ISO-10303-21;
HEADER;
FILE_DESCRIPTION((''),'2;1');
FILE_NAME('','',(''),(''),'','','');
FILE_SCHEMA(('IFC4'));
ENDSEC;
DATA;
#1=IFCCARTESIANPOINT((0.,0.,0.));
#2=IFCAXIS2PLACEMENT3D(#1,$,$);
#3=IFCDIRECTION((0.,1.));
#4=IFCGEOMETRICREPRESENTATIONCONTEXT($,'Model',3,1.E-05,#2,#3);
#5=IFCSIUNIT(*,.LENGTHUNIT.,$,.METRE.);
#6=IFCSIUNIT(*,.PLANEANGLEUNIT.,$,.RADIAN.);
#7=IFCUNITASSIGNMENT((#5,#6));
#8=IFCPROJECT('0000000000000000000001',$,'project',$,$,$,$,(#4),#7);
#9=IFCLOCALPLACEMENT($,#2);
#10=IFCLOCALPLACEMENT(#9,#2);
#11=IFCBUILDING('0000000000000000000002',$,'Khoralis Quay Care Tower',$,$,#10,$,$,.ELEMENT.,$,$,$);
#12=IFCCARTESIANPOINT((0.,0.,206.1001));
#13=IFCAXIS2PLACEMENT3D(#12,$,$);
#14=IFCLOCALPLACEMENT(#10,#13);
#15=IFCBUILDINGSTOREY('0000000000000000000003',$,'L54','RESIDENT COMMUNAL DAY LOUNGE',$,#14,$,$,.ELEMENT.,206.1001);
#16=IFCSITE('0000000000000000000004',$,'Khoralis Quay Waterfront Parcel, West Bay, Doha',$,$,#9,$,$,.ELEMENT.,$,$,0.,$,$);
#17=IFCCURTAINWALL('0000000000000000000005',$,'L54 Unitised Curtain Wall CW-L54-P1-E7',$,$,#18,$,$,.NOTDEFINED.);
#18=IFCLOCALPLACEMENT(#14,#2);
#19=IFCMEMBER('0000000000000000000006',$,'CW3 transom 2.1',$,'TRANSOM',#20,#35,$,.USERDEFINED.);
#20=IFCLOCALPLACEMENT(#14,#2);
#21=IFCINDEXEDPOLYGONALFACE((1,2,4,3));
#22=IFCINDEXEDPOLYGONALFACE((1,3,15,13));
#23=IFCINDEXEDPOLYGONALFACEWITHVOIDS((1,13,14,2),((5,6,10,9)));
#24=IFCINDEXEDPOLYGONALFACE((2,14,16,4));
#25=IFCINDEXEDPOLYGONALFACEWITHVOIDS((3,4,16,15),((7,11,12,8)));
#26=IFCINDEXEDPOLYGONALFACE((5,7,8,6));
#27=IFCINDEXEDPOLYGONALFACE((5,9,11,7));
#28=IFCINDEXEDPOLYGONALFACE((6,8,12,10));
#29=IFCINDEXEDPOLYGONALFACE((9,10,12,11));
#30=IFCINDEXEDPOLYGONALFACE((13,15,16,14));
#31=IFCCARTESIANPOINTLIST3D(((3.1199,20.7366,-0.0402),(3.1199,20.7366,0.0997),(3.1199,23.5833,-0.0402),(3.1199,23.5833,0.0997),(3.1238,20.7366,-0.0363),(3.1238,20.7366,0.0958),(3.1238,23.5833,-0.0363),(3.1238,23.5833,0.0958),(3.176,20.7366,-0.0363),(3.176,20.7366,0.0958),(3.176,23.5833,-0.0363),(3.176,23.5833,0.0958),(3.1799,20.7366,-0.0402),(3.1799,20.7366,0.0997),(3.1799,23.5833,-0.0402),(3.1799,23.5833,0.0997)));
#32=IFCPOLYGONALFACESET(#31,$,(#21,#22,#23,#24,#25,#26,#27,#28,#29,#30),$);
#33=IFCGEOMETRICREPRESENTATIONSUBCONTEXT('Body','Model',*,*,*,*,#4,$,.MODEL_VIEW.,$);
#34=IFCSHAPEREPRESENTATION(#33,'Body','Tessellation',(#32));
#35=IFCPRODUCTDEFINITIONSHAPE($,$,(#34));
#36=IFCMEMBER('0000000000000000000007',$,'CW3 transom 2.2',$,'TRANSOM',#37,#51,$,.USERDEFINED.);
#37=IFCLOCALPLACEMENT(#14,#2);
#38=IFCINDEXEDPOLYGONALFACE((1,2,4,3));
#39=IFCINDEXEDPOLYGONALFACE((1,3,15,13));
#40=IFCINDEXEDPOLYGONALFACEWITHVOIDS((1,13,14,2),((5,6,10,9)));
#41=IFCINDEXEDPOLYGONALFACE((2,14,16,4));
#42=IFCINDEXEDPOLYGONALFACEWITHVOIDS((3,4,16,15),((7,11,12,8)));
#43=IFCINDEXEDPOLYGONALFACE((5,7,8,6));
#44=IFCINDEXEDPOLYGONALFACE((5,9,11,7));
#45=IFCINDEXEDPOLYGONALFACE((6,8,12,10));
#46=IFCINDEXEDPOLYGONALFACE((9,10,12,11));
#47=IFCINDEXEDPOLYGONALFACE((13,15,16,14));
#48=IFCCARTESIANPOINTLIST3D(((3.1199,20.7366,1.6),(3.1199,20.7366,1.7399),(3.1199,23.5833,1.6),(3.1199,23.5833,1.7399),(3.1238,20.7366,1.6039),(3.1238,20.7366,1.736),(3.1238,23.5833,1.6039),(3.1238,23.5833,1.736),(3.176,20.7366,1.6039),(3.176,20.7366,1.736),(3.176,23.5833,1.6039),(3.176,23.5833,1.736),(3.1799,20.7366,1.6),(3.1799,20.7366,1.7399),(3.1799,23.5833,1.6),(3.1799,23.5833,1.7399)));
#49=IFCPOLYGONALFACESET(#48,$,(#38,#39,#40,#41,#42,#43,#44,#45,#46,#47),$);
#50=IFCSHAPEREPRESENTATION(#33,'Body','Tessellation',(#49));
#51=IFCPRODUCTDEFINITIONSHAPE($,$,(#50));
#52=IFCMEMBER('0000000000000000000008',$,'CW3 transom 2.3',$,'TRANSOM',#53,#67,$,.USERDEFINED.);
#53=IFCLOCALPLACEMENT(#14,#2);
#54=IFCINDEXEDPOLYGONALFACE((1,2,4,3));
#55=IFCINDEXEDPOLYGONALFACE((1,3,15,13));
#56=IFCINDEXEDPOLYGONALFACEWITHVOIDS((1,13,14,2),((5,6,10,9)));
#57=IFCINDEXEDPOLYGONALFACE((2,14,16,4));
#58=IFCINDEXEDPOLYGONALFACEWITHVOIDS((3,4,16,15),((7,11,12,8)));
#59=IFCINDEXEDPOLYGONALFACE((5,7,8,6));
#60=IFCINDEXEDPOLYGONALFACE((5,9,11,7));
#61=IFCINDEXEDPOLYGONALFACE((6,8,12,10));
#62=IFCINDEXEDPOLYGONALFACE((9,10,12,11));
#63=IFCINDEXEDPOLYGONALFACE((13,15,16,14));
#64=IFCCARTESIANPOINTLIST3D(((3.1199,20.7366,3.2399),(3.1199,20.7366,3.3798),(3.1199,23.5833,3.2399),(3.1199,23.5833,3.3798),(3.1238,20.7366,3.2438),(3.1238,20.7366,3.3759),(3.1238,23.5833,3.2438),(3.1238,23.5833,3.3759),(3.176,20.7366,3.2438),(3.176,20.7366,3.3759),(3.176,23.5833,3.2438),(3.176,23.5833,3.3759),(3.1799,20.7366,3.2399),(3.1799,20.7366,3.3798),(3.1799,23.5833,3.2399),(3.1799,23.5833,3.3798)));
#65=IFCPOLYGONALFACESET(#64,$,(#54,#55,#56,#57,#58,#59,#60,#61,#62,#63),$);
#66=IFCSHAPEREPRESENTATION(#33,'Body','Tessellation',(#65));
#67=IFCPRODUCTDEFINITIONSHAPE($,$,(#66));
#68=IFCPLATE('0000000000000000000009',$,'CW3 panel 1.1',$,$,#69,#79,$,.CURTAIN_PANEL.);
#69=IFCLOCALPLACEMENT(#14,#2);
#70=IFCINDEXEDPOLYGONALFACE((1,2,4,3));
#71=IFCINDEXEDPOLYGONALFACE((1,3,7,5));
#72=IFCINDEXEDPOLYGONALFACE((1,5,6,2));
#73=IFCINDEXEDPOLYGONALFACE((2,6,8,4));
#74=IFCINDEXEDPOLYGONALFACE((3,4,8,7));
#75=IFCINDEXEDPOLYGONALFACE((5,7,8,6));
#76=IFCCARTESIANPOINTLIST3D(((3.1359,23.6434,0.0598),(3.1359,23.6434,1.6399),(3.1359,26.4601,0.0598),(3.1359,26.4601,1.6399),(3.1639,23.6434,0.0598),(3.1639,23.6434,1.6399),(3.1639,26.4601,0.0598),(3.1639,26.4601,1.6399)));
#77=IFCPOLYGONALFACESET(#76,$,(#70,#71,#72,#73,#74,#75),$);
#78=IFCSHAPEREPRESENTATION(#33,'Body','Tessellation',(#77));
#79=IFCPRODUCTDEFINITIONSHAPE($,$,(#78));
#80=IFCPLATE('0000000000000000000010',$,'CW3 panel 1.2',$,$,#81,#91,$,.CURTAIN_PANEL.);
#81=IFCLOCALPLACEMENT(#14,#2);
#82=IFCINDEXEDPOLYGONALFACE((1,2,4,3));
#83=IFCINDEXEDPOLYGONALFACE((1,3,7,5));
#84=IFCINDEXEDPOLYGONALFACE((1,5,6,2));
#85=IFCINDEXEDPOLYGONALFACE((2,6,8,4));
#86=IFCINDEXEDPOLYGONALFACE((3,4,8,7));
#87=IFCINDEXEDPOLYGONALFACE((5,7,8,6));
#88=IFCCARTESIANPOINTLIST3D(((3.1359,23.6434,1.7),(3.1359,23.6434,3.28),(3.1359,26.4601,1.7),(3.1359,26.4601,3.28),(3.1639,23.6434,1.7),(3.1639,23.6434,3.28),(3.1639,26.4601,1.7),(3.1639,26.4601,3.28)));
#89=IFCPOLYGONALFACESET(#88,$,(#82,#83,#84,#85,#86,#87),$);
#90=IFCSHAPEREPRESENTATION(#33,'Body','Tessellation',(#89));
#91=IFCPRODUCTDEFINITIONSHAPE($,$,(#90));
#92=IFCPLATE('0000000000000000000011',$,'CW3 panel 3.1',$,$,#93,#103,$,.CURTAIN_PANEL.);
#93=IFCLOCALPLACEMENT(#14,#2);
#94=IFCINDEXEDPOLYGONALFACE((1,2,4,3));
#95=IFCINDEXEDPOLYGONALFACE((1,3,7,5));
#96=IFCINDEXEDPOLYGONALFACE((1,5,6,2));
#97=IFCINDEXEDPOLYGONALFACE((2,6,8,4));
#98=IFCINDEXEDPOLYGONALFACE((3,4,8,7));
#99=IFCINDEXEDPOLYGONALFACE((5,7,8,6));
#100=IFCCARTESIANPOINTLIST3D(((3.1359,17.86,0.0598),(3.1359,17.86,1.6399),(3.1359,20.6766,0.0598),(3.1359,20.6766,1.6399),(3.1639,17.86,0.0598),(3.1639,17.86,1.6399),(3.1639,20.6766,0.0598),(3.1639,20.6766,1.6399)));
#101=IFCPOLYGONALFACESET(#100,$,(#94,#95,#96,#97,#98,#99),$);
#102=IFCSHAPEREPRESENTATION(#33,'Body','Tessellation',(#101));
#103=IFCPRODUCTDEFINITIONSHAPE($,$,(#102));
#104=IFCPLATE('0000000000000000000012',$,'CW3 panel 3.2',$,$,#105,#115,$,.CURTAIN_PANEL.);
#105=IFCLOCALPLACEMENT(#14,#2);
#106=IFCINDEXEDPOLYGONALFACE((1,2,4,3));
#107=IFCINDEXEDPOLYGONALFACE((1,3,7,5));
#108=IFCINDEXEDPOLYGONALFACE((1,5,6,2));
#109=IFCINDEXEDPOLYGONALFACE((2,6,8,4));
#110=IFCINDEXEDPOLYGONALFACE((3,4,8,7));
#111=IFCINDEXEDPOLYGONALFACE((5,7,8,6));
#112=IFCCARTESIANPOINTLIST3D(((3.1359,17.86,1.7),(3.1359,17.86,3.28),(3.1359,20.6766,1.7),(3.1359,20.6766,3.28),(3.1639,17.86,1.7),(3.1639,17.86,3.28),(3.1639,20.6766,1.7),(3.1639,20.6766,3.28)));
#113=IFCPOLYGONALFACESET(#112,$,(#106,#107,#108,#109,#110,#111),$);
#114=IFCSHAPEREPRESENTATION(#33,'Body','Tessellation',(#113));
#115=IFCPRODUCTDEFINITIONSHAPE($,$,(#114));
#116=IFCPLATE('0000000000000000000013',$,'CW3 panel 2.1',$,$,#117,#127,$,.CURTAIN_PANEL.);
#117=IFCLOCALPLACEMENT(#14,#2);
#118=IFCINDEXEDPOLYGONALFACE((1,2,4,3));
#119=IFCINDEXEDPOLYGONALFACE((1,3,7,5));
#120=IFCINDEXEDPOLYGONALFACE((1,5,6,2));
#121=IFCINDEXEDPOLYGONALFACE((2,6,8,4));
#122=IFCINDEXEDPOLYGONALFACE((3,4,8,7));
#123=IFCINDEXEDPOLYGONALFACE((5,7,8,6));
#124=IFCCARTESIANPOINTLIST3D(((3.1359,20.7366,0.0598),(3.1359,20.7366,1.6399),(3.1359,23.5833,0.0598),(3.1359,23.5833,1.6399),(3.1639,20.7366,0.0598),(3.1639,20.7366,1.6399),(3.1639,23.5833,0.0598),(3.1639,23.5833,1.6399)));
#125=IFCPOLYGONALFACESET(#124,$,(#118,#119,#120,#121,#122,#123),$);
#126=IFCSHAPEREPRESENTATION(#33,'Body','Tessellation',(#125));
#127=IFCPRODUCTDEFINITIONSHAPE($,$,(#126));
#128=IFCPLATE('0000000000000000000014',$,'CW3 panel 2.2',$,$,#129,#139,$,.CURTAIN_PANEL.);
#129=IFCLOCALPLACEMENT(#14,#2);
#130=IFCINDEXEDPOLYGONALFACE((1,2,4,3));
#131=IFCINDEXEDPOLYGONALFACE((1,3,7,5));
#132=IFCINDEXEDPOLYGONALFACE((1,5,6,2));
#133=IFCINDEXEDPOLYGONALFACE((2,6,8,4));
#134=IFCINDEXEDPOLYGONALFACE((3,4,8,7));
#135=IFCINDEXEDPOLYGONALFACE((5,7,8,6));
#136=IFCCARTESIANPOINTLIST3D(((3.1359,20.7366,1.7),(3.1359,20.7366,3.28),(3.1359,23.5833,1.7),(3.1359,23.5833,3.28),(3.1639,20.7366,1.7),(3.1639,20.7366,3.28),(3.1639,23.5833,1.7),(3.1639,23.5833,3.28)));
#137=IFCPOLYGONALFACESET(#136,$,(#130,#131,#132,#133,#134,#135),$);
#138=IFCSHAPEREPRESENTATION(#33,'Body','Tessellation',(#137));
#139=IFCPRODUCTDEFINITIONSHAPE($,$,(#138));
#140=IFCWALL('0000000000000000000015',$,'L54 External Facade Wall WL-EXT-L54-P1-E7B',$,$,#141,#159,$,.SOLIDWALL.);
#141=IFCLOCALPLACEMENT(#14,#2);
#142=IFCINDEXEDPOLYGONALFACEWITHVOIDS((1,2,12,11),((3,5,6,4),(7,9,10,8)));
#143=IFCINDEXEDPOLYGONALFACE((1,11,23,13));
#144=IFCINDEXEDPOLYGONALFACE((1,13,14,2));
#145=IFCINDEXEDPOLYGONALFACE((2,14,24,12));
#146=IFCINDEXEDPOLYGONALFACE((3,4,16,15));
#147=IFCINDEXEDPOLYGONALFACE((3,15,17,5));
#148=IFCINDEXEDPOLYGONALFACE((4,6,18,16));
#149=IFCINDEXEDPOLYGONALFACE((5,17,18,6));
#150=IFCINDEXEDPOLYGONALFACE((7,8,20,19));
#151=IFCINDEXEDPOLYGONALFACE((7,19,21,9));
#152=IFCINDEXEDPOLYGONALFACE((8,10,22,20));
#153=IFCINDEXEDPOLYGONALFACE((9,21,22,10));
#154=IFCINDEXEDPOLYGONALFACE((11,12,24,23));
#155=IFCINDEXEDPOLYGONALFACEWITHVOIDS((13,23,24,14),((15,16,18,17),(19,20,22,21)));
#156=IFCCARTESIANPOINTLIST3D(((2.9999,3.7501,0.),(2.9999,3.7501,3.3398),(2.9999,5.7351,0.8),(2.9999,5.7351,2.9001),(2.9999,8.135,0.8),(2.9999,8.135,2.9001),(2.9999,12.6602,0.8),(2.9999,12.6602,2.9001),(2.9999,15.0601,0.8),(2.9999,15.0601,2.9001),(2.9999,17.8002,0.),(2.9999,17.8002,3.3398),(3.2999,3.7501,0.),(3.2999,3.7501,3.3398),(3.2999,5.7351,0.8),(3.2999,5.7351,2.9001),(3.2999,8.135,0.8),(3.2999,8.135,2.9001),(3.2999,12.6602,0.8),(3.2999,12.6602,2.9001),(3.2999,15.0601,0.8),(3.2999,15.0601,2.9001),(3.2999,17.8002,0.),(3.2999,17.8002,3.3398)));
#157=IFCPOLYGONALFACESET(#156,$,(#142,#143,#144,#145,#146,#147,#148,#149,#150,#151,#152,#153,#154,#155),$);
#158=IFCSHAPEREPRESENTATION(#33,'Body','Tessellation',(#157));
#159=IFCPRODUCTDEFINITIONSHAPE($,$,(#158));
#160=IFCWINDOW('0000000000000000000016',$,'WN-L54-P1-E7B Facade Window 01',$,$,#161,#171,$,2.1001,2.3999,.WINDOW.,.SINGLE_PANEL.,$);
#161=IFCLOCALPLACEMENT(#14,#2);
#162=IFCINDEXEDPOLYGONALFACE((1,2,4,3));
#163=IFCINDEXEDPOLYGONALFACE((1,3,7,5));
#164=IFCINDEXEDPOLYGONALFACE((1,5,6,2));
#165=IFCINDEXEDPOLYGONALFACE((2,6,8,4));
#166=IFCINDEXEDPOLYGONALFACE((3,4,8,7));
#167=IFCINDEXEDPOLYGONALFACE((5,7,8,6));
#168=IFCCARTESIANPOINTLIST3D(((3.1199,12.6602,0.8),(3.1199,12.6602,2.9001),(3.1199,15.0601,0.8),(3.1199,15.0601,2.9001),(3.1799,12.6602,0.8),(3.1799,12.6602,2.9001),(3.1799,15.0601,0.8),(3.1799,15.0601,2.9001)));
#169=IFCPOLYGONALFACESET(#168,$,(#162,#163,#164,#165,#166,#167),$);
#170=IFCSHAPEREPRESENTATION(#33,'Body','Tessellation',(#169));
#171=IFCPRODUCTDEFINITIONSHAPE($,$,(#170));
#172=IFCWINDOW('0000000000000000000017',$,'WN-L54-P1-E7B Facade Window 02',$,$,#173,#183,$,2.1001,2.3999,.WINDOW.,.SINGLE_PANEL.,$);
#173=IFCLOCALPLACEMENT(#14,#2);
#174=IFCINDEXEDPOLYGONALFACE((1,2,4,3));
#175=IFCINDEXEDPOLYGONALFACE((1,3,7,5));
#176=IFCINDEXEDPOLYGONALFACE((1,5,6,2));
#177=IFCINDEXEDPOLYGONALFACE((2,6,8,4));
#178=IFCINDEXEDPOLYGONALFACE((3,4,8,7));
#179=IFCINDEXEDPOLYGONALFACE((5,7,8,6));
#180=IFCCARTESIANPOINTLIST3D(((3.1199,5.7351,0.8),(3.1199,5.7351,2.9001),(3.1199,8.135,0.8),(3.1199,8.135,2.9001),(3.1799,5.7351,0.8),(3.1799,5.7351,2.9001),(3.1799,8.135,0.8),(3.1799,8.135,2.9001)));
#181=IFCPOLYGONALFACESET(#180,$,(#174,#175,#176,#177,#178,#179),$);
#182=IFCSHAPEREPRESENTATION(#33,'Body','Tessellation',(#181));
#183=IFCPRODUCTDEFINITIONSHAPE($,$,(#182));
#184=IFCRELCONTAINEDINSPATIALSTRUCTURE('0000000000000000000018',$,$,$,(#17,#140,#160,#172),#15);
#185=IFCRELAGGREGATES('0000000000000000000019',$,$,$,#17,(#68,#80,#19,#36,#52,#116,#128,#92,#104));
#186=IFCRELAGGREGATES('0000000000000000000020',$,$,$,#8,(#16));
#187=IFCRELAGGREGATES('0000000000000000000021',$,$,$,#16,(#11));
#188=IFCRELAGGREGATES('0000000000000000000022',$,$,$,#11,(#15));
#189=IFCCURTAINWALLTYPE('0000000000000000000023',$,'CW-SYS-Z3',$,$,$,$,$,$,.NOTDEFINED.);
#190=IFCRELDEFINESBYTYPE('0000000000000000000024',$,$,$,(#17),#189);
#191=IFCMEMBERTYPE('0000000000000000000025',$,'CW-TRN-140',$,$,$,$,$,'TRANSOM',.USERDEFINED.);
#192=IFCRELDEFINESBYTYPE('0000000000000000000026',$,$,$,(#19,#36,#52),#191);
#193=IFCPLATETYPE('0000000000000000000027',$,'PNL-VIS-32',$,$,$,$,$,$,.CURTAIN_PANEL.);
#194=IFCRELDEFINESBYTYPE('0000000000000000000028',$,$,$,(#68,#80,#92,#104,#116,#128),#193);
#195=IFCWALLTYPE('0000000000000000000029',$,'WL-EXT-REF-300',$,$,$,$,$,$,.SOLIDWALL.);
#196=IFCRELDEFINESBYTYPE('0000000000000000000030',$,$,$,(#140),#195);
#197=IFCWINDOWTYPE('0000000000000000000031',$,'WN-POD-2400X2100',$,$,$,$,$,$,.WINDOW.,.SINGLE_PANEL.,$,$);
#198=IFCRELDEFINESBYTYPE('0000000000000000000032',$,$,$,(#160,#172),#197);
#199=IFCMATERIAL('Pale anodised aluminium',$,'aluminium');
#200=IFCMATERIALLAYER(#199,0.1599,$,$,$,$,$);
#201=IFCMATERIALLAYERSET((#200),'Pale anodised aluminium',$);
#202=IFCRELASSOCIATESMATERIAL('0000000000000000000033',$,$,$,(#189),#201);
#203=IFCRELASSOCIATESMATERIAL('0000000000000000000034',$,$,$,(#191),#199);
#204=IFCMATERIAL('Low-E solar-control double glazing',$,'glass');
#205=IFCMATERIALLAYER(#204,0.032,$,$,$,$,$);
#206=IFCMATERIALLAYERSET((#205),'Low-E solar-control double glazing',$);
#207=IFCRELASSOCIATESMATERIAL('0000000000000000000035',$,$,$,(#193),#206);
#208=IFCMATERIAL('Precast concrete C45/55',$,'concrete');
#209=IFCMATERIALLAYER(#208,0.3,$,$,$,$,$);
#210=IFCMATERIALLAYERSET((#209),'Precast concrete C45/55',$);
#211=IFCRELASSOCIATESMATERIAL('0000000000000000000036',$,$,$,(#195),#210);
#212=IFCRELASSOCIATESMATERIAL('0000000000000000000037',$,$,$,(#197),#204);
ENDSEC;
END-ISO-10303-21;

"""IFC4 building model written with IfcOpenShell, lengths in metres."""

from ifc_helpers import new_model, si_unit, direction, frame, frame_2d, origin, origin_2d, place, context, subcontext, project, spatial, rectangle, hollow_rectangle, extrude, source, transform, mapped, material, layer, layer_set, material_profile, profile_set, type_object, element, fill, aggregate, save


model = new_model("IFC4")

# Units and contexts
model_context = context("Model", 3, precision=1e-05, world=origin(), true_north=direction((0.0, 1.0)))
body_context = subcontext(model_context, "Body", "Model", "MODEL_VIEW")
ifc_project = project(units=[si_unit("LENGTHUNIT", "METRE"), si_unit("PLANEANGLEUNIT", "RADIAN")], contexts=[model_context])

# Site, building, storey
site_placement = place(None, origin())
site = spatial("IfcSite", under=ifc_project, at=site_placement, Name="Khoralis Quay Waterfront Parcel, West Bay, Doha", CompositionType="ELEMENT", RefElevation=0.0)
building_placement = place(site_placement, origin())
building = spatial("IfcBuilding", under=site, at=building_placement, Name="Khoralis Quay Care Tower", CompositionType="ELEMENT")
storey_placement = place(building_placement, frame((0.0, 0.0, 206.1001)))
storey = spatial("IfcBuildingStorey", under=building, at=storey_placement, Name="L54", Description="RESIDENT COMMUNAL DAY LOUNGE", CompositionType="ELEMENT", Elevation=206.1001)

# Curtain wall, members, plates
ifc_material_1 = material(Name="Pale anodised aluminium", Category="aluminium")
ifc_layer_1 = layer(ifc_material_1, 0.1599)
ifc_layer_set_1 = layer_set([ifc_layer_1], Name="Pale anodised aluminium")
curtain_wall_type = type_object("IfcCurtainWallType", Name="CW-SYS-Z3", PredefinedType="NOTDEFINED", material=ifc_layer_set_1)
curtain_wall_placement = place(storey_placement, origin())
curtain_wall = element("IfcCurtainWall", 1, at=curtain_wall_placement, inside=storey, type_object=curtain_wall_type, Name="L54 Unitised Curtain Wall CW-L54-P1-E7", PredefinedType="NOTDEFINED")
ifc_material_profile_1 = material_profile(ifc_material_1, hollow_rectangle(XDim=0.0601, YDim=0.1399, WallThickness=0.0039, at=origin_2d()), Name="Pale anodised aluminium")
ifc_profile_set_1 = profile_set([ifc_material_profile_1], Name="Pale anodised aluminium")
member_type_1 = type_object("IfcMemberType", Name="CW-TRN-140", ElementType="TRANSOM", PredefinedType="USERDEFINED", material=ifc_profile_set_1)
shared_shape_1 = source(origin(), body_context, "Body", "SweptSolid", [
    extrude(hollow_rectangle(XDim=0.0601, YDim=0.1399, WallThickness=0.0039, at=origin_2d()), origin(), (0.0, 0.0, 1.0), 2.8467),
])
member_1_placement = place(storey_placement, frame((3.1499, 23.5833, 0.0298), z_axis=(0.0, -1.0, 0.0), x_axis=(1.0, 0.0, 0.0)))
member_1 = element("IfcMember", 2, at=member_1_placement, type_object=member_type_1, Name="CW3 transom 2.1", ObjectType="TRANSOM", PredefinedType="USERDEFINED", context=body_context, shape_type="MappedRepresentation", body=[
    mapped(shared_shape_1, transform((0.0, 0.0, 0.0), scale=1.0)),
])
member_2_placement = place(storey_placement, frame((3.1499, 23.5833, 1.6699), z_axis=(0.0, -1.0, 0.0), x_axis=(1.0, 0.0, 0.0)))
member_2 = element("IfcMember", 3, at=member_2_placement, type_object=member_type_1, Name="CW3 transom 2.2", ObjectType="TRANSOM", PredefinedType="USERDEFINED", context=body_context, shape_type="MappedRepresentation", body=[
    mapped(shared_shape_1, transform((0.0, 0.0, 0.0), scale=1.0)),
])
member_3_placement = place(storey_placement, frame((3.1499, 23.5833, 3.3098), z_axis=(0.0, -1.0, 0.0), x_axis=(1.0, 0.0, 0.0)))
member_3 = element("IfcMember", 4, at=member_3_placement, type_object=member_type_1, Name="CW3 transom 2.3", ObjectType="TRANSOM", PredefinedType="USERDEFINED", context=body_context, shape_type="MappedRepresentation", body=[
    mapped(shared_shape_1, transform((0.0, 0.0, 0.0), scale=1.0)),
])
ifc_material_2 = material(Name="Low-E solar-control double glazing", Category="glass")
ifc_layer_2 = layer(ifc_material_2, 0.032)
ifc_layer_set_2 = layer_set([ifc_layer_2], Name="Low-E solar-control double glazing")
plate_type = type_object("IfcPlateType", Name="PNL-VIS-32", PredefinedType="CURTAIN_PANEL", material=ifc_layer_set_2)
shared_shape_2 = source(origin(), body_context, "Body", "SweptSolid", [
    extrude(rectangle(XDim=2.8167, YDim=0.0281, at=origin_2d()), origin(), (0.0, 0.0, 1.0), 1.5801),
])
plate_1_placement = place(storey_placement, frame((3.1499, 25.0518, 0.0598), z_axis=(0.0, 0.0, 1.0), x_axis=(0.0, -1.0, 0.0)))
plate_1 = element("IfcPlate", 5, at=plate_1_placement, type_object=plate_type, Name="CW3 panel 1.1", PredefinedType="CURTAIN_PANEL", context=body_context, shape_type="MappedRepresentation", body=[
    mapped(shared_shape_2, transform((0.0, 0.0, 0.0), scale=1.0)),
])
plate_2_placement = place(storey_placement, frame((3.1499, 25.0518, 1.7), z_axis=(0.0, 0.0, 1.0), x_axis=(0.0, -1.0, 0.0)))
plate_2 = element("IfcPlate", 6, at=plate_2_placement, type_object=plate_type, Name="CW3 panel 1.2", PredefinedType="CURTAIN_PANEL", context=body_context, shape_type="MappedRepresentation", body=[
    mapped(shared_shape_2, transform((0.0, 0.0, 0.0), scale=1.0)),
])
plate_3_placement = place(storey_placement, frame((3.1499, 19.2683, 0.0598), z_axis=(0.0, 0.0, 1.0), x_axis=(0.0, -1.0, 0.0)))
plate_3 = element("IfcPlate", 7, at=plate_3_placement, type_object=plate_type, Name="CW3 panel 3.1", PredefinedType="CURTAIN_PANEL", context=body_context, shape_type="MappedRepresentation", body=[
    mapped(shared_shape_2, transform((0.0, 0.0, 0.0), scale=1.0)),
])
plate_4_placement = place(storey_placement, frame((3.1499, 19.2683, 1.7), z_axis=(0.0, 0.0, 1.0), x_axis=(0.0, -1.0, 0.0)))
plate_4 = element("IfcPlate", 8, at=plate_4_placement, type_object=plate_type, Name="CW3 panel 3.2", PredefinedType="CURTAIN_PANEL", context=body_context, shape_type="MappedRepresentation", body=[
    mapped(shared_shape_2, transform((0.0, 0.0, 0.0), scale=1.0)),
])
shared_shape_3 = source(origin(), body_context, "Body", "SweptSolid", [
    extrude(rectangle(XDim=2.8467, YDim=0.0281, at=origin_2d()), origin(), (0.0, 0.0, 1.0), 1.5801),
])
plate_5_placement = place(storey_placement, frame((3.1499, 22.1599, 0.0598), z_axis=(0.0, 0.0, 1.0), x_axis=(0.0, -1.0, 0.0)))
plate_5 = element("IfcPlate", 9, at=plate_5_placement, type_object=plate_type, Name="CW3 panel 2.1", PredefinedType="CURTAIN_PANEL", context=body_context, shape_type="MappedRepresentation", body=[
    mapped(shared_shape_3, transform((0.0, 0.0, 0.0), scale=1.0)),
])
plate_6_placement = place(storey_placement, frame((3.1499, 22.1599, 1.7), z_axis=(0.0, 0.0, 1.0), x_axis=(0.0, -1.0, 0.0)))
plate_6 = element("IfcPlate", 10, at=plate_6_placement, type_object=plate_type, Name="CW3 panel 2.2", PredefinedType="CURTAIN_PANEL", context=body_context, shape_type="MappedRepresentation", body=[
    mapped(shared_shape_3, transform((0.0, 0.0, 0.0), scale=1.0)),
])
aggregate(curtain_wall, [plate_1, plate_2, member_1, member_2, member_3, plate_5, plate_6, plate_3, plate_4])

# Wall, openings, windows
ifc_material_3 = material(Name="Precast concrete C45/55", Category="concrete")
ifc_layer_3 = layer(ifc_material_3, 0.3)
ifc_layer_set_3 = layer_set([ifc_layer_3], Name="Precast concrete C45/55")
wall_type_1 = type_object("IfcWallType", Name="WL-EXT-REF-300", PredefinedType="SOLIDWALL", material=ifc_layer_set_3)
wall_1_placement = place(storey_placement, frame((3.1499, 17.8, 0.0), z_axis=(0.0, 0.0, 1.0), x_axis=(0.0, -1.0, 0.0)))
wall_1 = element("IfcWall", 11, at=wall_1_placement, inside=storey, type_object=wall_type_1, Name="L54 External Facade Wall WL-EXT-L54-P1-E7B", PredefinedType="SOLIDWALL", context=body_context, shape_type="SweptSolid", body=[
    extrude(rectangle(XDim=14.05, YDim=0.3, at=frame_2d((7.0249, 0.0))), origin(), (0.0, 0.0, 1.0), 3.3398),
])
opening_1_placement = place(wall_1_placement, frame((2.74, 0.0, 0.8)))
opening_1 = element("IfcOpeningElement", 12, at=opening_1_placement, cuts=wall_1, PredefinedType="OPENING", context=body_context, shape_type="SweptSolid", body=[
    extrude(rectangle(XDim=2.3999, YDim=2.1001, at=frame_2d((1.2, 1.05))), frame((0.0, 0.1602, 0.0), z_axis=(0.0, -1.0, 0.0), x_axis=(1.0, 0.0, 0.0)), (0.0, 0.0, 1.0), 0.3201),
])
opening_2_placement = place(wall_1_placement, frame((9.665, 0.0, 0.8)))
opening_2 = element("IfcOpeningElement", 13, at=opening_2_placement, cuts=wall_1, PredefinedType="OPENING", context=body_context, shape_type="SweptSolid", body=[
    extrude(rectangle(XDim=2.3999, YDim=2.1001, at=frame_2d((1.2, 1.05))), frame((0.0, 0.1602, 0.0), z_axis=(0.0, -1.0, 0.0), x_axis=(1.0, 0.0, 0.0)), (0.0, 0.0, 1.0), 0.3201),
])
window_type = type_object("IfcWindowType", Name="WN-POD-2400X2100", PartitioningType="SINGLE_PANEL", PredefinedType="WINDOW", material=ifc_material_2)
shared_shape_4 = source(origin(), body_context, "Body", "SweptSolid", [
    extrude(rectangle(XDim=2.3999, YDim=2.1001, at=frame_2d((1.2, 1.05))), frame((0.0, 0.03, 0.0), z_axis=(0.0, -1.0, 0.0), x_axis=(1.0, 0.0, 0.0)), (0.0, 0.0, 1.0), 0.0601),
])
window_1_placement = place(opening_1_placement, origin())
window_1 = element("IfcWindow", 14, at=window_1_placement, inside=storey, type_object=window_type, Name="WN-L54-P1-E7B Facade Window 01", OverallHeight=2.1001, OverallWidth=2.3999, PartitioningType="SINGLE_PANEL", PredefinedType="WINDOW", context=body_context, shape_type="MappedRepresentation", body=[
    mapped(shared_shape_4, transform((0.0, 0.0, 0.0), scale=1.0)),
])
fill(opening_1, window_1)
window_2_placement = place(opening_2_placement, origin())
window_2 = element("IfcWindow", 15, at=window_2_placement, inside=storey, type_object=window_type, Name="WN-L54-P1-E7B Facade Window 02", OverallHeight=2.1001, OverallWidth=2.3999, PartitioningType="SINGLE_PANEL", PredefinedType="WINDOW", context=body_context, shape_type="MappedRepresentation", body=[
    mapped(shared_shape_4, transform((0.0, 0.0, 0.0), scale=1.0)),
])
fill(opening_2, window_2)

save(model, "model.ifc")
